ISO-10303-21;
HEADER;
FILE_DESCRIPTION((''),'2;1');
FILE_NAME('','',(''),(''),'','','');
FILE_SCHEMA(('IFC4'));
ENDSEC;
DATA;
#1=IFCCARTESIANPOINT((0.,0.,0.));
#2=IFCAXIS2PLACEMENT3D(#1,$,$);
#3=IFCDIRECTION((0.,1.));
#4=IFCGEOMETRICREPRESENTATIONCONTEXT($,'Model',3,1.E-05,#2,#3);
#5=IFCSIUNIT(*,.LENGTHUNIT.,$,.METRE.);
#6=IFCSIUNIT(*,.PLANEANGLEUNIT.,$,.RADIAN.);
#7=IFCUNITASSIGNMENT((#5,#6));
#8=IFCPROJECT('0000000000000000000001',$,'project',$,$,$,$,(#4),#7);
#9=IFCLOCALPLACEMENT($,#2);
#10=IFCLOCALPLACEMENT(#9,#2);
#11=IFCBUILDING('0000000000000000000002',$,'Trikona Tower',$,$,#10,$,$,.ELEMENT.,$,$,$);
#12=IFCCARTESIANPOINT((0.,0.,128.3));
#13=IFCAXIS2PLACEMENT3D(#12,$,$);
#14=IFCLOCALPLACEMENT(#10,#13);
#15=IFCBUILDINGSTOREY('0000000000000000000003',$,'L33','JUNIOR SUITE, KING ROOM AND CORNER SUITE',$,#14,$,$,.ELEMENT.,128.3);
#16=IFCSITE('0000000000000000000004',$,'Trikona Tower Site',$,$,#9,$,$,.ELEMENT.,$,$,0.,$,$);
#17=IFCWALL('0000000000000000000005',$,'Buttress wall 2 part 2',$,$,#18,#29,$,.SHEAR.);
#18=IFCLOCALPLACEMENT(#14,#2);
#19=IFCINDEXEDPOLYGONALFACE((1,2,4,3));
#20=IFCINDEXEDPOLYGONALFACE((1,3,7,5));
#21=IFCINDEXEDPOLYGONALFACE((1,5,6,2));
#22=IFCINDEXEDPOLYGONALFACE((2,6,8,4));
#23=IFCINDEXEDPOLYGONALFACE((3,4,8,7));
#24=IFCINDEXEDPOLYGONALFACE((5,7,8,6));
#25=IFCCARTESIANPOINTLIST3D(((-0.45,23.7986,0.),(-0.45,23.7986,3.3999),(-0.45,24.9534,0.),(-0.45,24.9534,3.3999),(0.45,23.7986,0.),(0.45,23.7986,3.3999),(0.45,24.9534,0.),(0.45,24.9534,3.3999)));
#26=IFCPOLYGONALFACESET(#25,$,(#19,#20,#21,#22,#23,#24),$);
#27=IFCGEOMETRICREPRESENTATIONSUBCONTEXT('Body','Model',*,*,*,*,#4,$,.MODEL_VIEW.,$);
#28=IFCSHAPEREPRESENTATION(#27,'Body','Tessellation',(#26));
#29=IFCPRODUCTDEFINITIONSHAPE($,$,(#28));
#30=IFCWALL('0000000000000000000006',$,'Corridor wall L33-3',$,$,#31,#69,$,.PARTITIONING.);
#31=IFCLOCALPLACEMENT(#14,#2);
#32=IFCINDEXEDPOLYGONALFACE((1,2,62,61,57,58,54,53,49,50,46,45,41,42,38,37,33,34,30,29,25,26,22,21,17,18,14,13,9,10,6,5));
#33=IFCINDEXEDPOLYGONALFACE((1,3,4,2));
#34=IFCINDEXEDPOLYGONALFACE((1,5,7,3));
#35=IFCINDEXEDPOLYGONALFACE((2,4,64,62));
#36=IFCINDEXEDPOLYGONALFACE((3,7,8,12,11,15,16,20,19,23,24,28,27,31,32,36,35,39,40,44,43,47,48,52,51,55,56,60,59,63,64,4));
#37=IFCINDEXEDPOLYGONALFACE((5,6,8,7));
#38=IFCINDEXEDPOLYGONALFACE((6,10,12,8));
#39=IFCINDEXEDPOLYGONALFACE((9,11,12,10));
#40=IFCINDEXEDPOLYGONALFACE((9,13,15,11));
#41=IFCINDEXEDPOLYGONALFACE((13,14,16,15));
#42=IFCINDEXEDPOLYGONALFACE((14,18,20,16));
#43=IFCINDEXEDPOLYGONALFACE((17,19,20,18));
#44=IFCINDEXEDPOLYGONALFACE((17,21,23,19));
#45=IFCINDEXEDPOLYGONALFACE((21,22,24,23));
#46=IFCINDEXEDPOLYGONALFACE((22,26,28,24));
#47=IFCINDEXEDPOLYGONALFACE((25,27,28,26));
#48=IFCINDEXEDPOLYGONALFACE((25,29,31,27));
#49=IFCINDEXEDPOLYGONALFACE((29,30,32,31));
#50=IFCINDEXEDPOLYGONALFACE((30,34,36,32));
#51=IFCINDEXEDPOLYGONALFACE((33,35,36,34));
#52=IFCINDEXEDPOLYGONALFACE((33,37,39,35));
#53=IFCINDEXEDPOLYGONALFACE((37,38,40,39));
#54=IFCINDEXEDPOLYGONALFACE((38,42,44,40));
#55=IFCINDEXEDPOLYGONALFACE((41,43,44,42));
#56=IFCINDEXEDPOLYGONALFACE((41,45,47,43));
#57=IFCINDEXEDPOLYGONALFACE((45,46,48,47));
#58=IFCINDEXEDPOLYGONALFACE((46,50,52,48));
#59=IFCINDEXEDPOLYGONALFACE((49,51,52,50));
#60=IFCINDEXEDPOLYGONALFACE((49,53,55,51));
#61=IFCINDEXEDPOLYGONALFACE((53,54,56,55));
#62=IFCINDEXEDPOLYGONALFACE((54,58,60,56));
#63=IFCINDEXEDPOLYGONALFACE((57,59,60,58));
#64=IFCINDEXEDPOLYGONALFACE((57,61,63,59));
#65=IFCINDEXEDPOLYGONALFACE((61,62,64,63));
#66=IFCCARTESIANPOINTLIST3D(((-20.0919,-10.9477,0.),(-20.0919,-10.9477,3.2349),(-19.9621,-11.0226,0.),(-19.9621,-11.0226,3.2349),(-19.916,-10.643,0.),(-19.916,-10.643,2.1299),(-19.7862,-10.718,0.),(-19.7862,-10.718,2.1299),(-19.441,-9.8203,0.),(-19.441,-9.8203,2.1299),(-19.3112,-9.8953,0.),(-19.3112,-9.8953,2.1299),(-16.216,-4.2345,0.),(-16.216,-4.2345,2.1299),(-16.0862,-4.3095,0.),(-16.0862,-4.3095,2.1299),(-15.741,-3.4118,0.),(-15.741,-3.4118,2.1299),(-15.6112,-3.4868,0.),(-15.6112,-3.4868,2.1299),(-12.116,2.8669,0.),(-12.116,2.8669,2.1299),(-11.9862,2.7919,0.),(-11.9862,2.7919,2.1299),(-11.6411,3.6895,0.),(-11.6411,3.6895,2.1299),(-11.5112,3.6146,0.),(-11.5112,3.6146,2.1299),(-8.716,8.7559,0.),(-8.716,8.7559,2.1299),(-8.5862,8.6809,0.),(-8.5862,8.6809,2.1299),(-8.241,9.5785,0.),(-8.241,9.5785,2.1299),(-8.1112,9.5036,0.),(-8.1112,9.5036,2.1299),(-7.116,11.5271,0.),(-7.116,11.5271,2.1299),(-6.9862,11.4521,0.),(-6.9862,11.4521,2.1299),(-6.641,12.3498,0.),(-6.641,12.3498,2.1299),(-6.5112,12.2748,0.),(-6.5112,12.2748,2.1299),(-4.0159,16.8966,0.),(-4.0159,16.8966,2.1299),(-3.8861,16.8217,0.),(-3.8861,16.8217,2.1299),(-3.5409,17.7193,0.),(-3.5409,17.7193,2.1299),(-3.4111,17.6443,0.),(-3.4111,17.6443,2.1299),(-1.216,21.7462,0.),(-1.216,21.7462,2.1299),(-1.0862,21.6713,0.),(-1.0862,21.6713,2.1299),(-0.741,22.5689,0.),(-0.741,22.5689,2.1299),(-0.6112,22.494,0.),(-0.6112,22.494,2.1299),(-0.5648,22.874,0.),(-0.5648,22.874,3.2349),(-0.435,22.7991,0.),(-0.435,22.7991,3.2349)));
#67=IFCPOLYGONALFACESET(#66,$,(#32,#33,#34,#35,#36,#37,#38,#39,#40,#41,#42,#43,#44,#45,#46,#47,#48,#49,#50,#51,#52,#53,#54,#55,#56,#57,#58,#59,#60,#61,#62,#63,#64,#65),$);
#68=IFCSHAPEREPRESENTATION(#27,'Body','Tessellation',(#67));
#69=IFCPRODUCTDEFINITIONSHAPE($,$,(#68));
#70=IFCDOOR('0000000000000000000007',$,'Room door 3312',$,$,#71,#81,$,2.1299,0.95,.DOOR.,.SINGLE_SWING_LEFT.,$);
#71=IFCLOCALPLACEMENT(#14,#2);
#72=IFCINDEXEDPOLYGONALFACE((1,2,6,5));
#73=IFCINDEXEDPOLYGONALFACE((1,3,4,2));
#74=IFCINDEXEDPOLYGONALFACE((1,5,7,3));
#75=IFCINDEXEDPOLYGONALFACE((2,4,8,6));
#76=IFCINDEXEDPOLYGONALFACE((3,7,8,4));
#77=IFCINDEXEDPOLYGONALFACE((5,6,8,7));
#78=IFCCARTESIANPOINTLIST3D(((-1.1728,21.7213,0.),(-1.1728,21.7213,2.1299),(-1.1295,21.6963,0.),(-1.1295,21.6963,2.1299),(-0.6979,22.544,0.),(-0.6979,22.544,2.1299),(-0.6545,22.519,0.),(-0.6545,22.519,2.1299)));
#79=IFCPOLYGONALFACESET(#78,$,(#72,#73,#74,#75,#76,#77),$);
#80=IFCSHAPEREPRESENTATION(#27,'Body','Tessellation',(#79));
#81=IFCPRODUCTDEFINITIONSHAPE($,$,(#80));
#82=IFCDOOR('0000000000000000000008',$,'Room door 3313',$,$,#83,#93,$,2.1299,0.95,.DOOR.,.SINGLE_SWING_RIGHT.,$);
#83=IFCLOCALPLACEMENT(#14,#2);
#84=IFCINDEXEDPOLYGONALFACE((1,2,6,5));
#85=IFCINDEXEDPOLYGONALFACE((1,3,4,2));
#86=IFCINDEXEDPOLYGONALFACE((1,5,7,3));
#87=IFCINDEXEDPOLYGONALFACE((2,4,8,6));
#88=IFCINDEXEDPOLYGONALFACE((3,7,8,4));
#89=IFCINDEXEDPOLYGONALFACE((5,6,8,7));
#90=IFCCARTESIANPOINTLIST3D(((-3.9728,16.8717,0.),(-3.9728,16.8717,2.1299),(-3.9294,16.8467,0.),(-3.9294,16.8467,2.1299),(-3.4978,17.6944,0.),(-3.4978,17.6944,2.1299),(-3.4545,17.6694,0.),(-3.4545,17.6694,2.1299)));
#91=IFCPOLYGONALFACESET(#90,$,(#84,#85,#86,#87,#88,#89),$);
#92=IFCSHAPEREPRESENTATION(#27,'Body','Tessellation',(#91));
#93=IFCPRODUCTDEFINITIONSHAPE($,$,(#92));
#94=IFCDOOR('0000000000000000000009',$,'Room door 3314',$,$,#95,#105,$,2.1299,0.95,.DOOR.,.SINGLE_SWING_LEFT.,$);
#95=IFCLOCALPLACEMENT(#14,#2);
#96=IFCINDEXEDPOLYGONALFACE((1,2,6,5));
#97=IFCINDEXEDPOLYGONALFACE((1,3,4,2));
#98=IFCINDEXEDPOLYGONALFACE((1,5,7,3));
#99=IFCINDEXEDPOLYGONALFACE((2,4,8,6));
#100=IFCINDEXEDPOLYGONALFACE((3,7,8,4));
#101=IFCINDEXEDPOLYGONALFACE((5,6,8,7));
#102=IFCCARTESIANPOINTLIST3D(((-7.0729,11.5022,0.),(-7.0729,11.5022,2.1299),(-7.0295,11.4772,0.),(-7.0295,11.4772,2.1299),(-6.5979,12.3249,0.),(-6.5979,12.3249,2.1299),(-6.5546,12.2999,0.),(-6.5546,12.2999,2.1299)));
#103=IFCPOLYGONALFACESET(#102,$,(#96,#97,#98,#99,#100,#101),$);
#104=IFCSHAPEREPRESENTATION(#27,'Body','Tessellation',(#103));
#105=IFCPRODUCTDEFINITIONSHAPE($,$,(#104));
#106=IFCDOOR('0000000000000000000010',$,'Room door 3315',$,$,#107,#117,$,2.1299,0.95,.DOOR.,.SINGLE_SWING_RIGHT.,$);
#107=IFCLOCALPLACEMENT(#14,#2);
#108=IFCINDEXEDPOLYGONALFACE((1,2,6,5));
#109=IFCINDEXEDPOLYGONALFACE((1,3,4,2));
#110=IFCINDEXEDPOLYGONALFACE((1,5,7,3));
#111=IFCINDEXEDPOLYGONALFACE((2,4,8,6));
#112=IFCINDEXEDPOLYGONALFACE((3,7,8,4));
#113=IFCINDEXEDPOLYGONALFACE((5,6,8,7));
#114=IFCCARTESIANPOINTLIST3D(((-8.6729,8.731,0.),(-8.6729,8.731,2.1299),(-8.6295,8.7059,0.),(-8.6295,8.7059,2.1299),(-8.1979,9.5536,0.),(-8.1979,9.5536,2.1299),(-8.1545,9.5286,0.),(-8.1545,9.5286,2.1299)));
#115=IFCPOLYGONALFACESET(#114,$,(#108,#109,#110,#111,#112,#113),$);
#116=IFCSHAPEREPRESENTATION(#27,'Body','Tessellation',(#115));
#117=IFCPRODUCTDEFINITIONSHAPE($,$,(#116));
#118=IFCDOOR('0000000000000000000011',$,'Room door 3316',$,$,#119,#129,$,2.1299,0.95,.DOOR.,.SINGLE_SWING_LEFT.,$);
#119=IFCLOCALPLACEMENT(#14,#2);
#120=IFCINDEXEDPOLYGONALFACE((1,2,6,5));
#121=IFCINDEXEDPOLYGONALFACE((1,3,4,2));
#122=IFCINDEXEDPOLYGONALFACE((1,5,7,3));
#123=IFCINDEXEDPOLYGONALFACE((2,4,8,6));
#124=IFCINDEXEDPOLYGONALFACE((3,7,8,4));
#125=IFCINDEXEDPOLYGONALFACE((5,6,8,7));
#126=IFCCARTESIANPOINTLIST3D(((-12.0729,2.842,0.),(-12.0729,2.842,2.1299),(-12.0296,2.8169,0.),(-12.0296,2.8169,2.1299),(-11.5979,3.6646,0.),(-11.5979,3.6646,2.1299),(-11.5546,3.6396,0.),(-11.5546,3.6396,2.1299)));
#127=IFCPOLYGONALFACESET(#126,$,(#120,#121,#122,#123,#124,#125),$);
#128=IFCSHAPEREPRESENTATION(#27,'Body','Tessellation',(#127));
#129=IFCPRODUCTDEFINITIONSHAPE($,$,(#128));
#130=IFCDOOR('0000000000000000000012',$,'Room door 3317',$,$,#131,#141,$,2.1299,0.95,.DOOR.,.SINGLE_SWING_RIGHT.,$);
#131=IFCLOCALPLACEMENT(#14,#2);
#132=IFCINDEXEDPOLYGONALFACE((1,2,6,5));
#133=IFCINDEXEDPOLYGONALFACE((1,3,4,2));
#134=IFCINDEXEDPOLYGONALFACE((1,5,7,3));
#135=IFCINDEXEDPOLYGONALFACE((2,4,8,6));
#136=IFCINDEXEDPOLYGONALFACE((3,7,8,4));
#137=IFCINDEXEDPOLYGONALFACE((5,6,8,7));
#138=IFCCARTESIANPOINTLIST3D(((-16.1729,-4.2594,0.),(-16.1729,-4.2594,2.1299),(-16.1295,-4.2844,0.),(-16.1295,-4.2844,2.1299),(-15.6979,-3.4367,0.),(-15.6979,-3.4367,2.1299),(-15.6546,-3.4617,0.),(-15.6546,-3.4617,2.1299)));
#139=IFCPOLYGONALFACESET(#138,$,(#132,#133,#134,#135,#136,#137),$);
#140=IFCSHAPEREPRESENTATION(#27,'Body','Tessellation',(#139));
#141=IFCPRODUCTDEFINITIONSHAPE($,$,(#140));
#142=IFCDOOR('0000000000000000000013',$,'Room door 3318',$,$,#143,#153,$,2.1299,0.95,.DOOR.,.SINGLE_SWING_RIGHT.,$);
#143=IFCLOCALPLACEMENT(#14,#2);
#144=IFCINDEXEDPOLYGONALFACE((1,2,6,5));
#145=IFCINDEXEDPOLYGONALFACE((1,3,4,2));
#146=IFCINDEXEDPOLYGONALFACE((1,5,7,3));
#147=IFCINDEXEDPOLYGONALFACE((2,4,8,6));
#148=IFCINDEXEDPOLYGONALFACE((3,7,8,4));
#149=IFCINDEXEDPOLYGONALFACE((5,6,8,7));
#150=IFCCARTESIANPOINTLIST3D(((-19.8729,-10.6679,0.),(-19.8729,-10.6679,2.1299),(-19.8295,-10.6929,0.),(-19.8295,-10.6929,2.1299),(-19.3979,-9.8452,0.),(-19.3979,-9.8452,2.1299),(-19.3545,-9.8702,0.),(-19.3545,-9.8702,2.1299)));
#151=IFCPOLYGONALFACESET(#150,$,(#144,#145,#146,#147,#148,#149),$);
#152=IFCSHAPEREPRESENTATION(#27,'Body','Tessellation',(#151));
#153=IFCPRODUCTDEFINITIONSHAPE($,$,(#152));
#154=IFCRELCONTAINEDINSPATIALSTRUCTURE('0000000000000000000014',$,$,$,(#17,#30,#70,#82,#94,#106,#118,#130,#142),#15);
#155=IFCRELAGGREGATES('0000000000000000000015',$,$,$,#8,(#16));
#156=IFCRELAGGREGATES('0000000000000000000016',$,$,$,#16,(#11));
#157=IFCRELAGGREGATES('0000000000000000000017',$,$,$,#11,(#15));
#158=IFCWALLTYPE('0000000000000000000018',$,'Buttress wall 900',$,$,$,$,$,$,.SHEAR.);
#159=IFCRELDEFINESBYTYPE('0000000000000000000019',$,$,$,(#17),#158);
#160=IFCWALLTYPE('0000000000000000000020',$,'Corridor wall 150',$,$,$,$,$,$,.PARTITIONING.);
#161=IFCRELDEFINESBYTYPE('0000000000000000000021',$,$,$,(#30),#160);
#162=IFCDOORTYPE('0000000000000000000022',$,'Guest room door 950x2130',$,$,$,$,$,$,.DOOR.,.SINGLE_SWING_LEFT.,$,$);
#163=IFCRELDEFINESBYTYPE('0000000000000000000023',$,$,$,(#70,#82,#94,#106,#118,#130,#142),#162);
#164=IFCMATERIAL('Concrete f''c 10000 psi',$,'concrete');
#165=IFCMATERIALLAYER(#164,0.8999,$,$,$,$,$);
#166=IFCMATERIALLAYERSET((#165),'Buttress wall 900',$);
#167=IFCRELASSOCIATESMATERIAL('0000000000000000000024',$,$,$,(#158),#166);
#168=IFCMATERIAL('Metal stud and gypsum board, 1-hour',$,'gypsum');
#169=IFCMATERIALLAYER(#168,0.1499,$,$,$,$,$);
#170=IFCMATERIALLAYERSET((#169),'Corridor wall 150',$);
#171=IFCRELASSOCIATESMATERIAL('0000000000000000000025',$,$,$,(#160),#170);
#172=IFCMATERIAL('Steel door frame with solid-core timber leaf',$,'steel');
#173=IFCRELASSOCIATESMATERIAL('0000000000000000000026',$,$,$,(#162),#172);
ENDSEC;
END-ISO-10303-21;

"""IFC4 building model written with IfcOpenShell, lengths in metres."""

from ifc_helpers import new_model, si_unit, direction, frame, frame_2d, origin, place, context, subcontext, project, spatial, rectangle, extrude, material, layer, layer_set, type_object, element, fill, save


model = new_model("IFC4")

# Units and contexts
model_context = context("Model", 3, precision=1e-05, world=origin(), true_north=direction((0.0, 1.0)))
body_context = subcontext(model_context, "Body", "Model", "MODEL_VIEW")
ifc_project = project(units=[si_unit("LENGTHUNIT", "METRE"), si_unit("PLANEANGLEUNIT", "RADIAN")], contexts=[model_context])

# Site, building, storey
site_placement = place(None, origin())
site = spatial("IfcSite", under=ifc_project, at=site_placement, Name="Trikona Tower Site", CompositionType="ELEMENT", RefElevation=0.0)
building_placement = place(site_placement, origin())
building = spatial("IfcBuilding", under=site, at=building_placement, Name="Trikona Tower", CompositionType="ELEMENT")
storey_placement = place(building_placement, frame((0.0, 0.0, 128.3)))
storey = spatial("IfcBuildingStorey", under=building, at=storey_placement, Name="L33", Description="JUNIOR SUITE, KING ROOM AND CORNER SUITE", CompositionType="ELEMENT", Elevation=128.3)

# Wall
ifc_material_1 = material(Name="Concrete f'c 10000 psi", Category="concrete")
ifc_layer_1 = layer(ifc_material_1, 0.8999)
ifc_layer_set_1 = layer_set([ifc_layer_1], Name="Buttress wall 900")
wall_type_1 = type_object("IfcWallType", Name="Buttress wall 900", PredefinedType="SHEAR", material=ifc_layer_set_1)
wall_1_placement = place(storey_placement, frame((0.0, 23.7986, 0.0), z_axis=(0.0, 0.0, 1.0), x_axis=(0.0, 1.0, 0.0)))
element("IfcWall", 1, at=wall_1_placement, inside=storey, type_object=wall_type_1, Name="Buttress wall 2 part 2", PredefinedType="SHEAR", context=body_context, shape_type="SweptSolid", body=[
    extrude(rectangle(XDim=1.1548, YDim=0.8999, at=frame_2d((0.5774, 0.0))), origin(), (0.0, 0.0, 1.0), 3.3999),
])

# Wall, openings, doors
ifc_material_2 = material(Name="Metal stud and gypsum board, 1-hour", Category="gypsum")
ifc_layer_2 = layer(ifc_material_2, 0.1499)
ifc_layer_set_2 = layer_set([ifc_layer_2], Name="Corridor wall 150")
wall_type_2 = type_object("IfcWallType", Name="Corridor wall 150", PredefinedType="PARTITIONING", material=ifc_layer_set_2)
wall_2_placement = place(storey_placement, frame((-0.5, 22.8364, 0.0), z_axis=(0.0, 0.0, 1.0), x_axis=(-0.500002, -0.866024, 0.0)))
wall_2 = element("IfcWall", 2, at=wall_2_placement, inside=storey, type_object=wall_type_2, Name="Corridor wall L33-3", PredefinedType="PARTITIONING", context=body_context, shape_type="SweptSolid", body=[
    extrude(rectangle(XDim=39.054, YDim=0.1499, at=frame_2d((19.5269, 0.0))), origin(), (0.0, 0.0, 1.0), 3.2349),
])
opening_1_placement = place(wall_2_placement, frame((0.3521, 0.0, 0.0)))
opening_1 = element("IfcOpeningElement", 3, at=opening_1_placement, cuts=wall_2, PredefinedType="OPENING", context=body_context, shape_type="SweptSolid", body=[
    extrude(rectangle(XDim=0.95, YDim=2.1299, at=frame_2d((0.4751, 1.0649))), frame((0.0, 0.085, 0.0), z_axis=(0.0, -1.0, 0.0), x_axis=(1.0, 0.0, 0.0)), (0.0, 0.0, 1.0), 0.1699),
])
opening_2_placement = place(wall_2_placement, frame((5.9519, 0.0, 0.0)))
opening_2 = element("IfcOpeningElement", 4, at=opening_2_placement, cuts=wall_2, PredefinedType="OPENING", context=body_context, shape_type="SweptSolid", body=[
    extrude(rectangle(XDim=0.95, YDim=2.1299, at=frame_2d((0.4751, 1.0649))), frame((0.0, 0.085, 0.0), z_axis=(0.0, -1.0, 0.0), x_axis=(1.0, 0.0, 0.0)), (0.0, 0.0, 1.0), 0.1699),
])
opening_3_placement = place(wall_2_placement, frame((12.1521, 0.0, 0.0)))
opening_3 = element("IfcOpeningElement", 5, at=opening_3_placement, cuts=wall_2, PredefinedType="OPENING", context=body_context, shape_type="SweptSolid", body=[
    extrude(rectangle(XDim=0.95, YDim=2.1299, at=frame_2d((0.4751, 1.0649))), frame((0.0, 0.085, 0.0), z_axis=(0.0, -1.0, 0.0), x_axis=(1.0, 0.0, 0.0)), (0.0, 0.0, 1.0), 0.1699),
])
opening_4_placement = place(wall_2_placement, frame((15.3521, 0.0, 0.0)))
opening_4 = element("IfcOpeningElement", 6, at=opening_4_placement, cuts=wall_2, PredefinedType="OPENING", context=body_context, shape_type="SweptSolid", body=[
    extrude(rectangle(XDim=0.95, YDim=2.1299, at=frame_2d((0.4751, 1.0649))), frame((0.0, 0.085, 0.0), z_axis=(0.0, -1.0, 0.0), x_axis=(1.0, 0.0, 0.0)), (0.0, 0.0, 1.0), 0.1699),
])
opening_5_placement = place(wall_2_placement, frame((22.1521, 0.0, 0.0)))
opening_5 = element("IfcOpeningElement", 7, at=opening_5_placement, cuts=wall_2, PredefinedType="OPENING", context=body_context, shape_type="SweptSolid", body=[
    extrude(rectangle(XDim=0.95, YDim=2.1299, at=frame_2d((0.4751, 1.0649))), frame((0.0, 0.085, 0.0), z_axis=(0.0, -1.0, 0.0), x_axis=(1.0, 0.0, 0.0)), (0.0, 0.0, 1.0), 0.1699),
])
opening_6_placement = place(wall_2_placement, frame((30.3521, 0.0, 0.0)))
opening_6 = element("IfcOpeningElement", 8, at=opening_6_placement, cuts=wall_2, PredefinedType="OPENING", context=body_context, shape_type="SweptSolid", body=[
    extrude(rectangle(XDim=0.95, YDim=2.1299, at=frame_2d((0.4751, 1.0649))), frame((0.0, 0.085, 0.0), z_axis=(0.0, -1.0, 0.0), x_axis=(1.0, 0.0, 0.0)), (0.0, 0.0, 1.0), 0.1699),
])
opening_7_placement = place(wall_2_placement, frame((37.752, 0.0, 0.0)))
opening_7 = element("IfcOpeningElement", 9, at=opening_7_placement, cuts=wall_2, PredefinedType="OPENING", context=body_context, shape_type="SweptSolid", body=[
    extrude(rectangle(XDim=0.95, YDim=2.1299, at=frame_2d((0.4751, 1.0649))), frame((0.0, 0.085, 0.0), z_axis=(0.0, -1.0, 0.0), x_axis=(1.0, 0.0, 0.0)), (0.0, 0.0, 1.0), 0.1699),
])
ifc_material_3 = material(Name="Steel door frame with solid-core timber leaf", Category="steel")
door_type = type_object("IfcDoorType", Name="Guest room door 950x2130", OperationType="SINGLE_SWING_LEFT", PredefinedType="DOOR", material=ifc_material_3)
door_1_placement = place(opening_1_placement, origin())
door_1 = element("IfcDoor", 10, at=door_1_placement, inside=storey, type_object=door_type, Name="Room door 3312", OperationType="SINGLE_SWING_LEFT", OverallHeight=2.1299, OverallWidth=0.95, PredefinedType="DOOR", context=body_context, shape_type="SweptSolid", body=[
    extrude(rectangle(XDim=0.95, YDim=2.1299, at=frame_2d((0.4751, 1.0649))), frame((0.0, 0.0249, 0.0), z_axis=(0.0, -1.0, 0.0), x_axis=(1.0, 0.0, 0.0)), (0.0, 0.0, 1.0), 0.05),
])
fill(opening_1, door_1)
door_2_placement = place(opening_2_placement, origin())
door_2 = element("IfcDoor", 11, at=door_2_placement, inside=storey, type_object=door_type, Name="Room door 3313", OperationType="SINGLE_SWING_RIGHT", OverallHeight=2.1299, OverallWidth=0.95, PredefinedType="DOOR", context=body_context, shape_type="SweptSolid", body=[
    extrude(rectangle(XDim=0.95, YDim=2.1299, at=frame_2d((0.4751, 1.0649))), frame((0.0, 0.0249, 0.0), z_axis=(0.0, -1.0, 0.0), x_axis=(1.0, 0.0, 0.0)), (0.0, 0.0, 1.0), 0.05),
])
fill(opening_2, door_2)
door_3_placement = place(opening_3_placement, origin())
door_3 = element("IfcDoor", 12, at=door_3_placement, inside=storey, type_object=door_type, Name="Room door 3314", OperationType="SINGLE_SWING_LEFT", OverallHeight=2.1299, OverallWidth=0.95, PredefinedType="DOOR", context=body_context, shape_type="SweptSolid", body=[
    extrude(rectangle(XDim=0.95, YDim=2.1299, at=frame_2d((0.4751, 1.0649))), frame((0.0, 0.0249, 0.0), z_axis=(0.0, -1.0, 0.0), x_axis=(1.0, 0.0, 0.0)), (0.0, 0.0, 1.0), 0.05),
])
fill(opening_3, door_3)
door_4_placement = place(opening_4_placement, origin())
door_4 = element("IfcDoor", 13, at=door_4_placement, inside=storey, type_object=door_type, Name="Room door 3315", OperationType="SINGLE_SWING_RIGHT", OverallHeight=2.1299, OverallWidth=0.95, PredefinedType="DOOR", context=body_context, shape_type="SweptSolid", body=[
    extrude(rectangle(XDim=0.95, YDim=2.1299, at=frame_2d((0.4751, 1.0649))), frame((0.0, 0.0249, 0.0), z_axis=(0.0, -1.0, 0.0), x_axis=(1.0, 0.0, 0.0)), (0.0, 0.0, 1.0), 0.05),
])
fill(opening_4, door_4)
door_5_placement = place(opening_5_placement, origin())
door_5 = element("IfcDoor", 14, at=door_5_placement, inside=storey, type_object=door_type, Name="Room door 3316", OperationType="SINGLE_SWING_LEFT", OverallHeight=2.1299, OverallWidth=0.95, PredefinedType="DOOR", context=body_context, shape_type="SweptSolid", body=[
    extrude(rectangle(XDim=0.95, YDim=2.1299, at=frame_2d((0.4751, 1.0649))), frame((0.0, 0.0249, 0.0), z_axis=(0.0, -1.0, 0.0), x_axis=(1.0, 0.0, 0.0)), (0.0, 0.0, 1.0), 0.05),
])
fill(opening_5, door_5)
door_6_placement = place(opening_6_placement, origin())
door_6 = element("IfcDoor", 15, at=door_6_placement, inside=storey, type_object=door_type, Name="Room door 3317", OperationType="SINGLE_SWING_RIGHT", OverallHeight=2.1299, OverallWidth=0.95, PredefinedType="DOOR", context=body_context, shape_type="SweptSolid", body=[
    extrude(rectangle(XDim=0.95, YDim=2.1299, at=frame_2d((0.4751, 1.0649))), frame((0.0, 0.0249, 0.0), z_axis=(0.0, -1.0, 0.0), x_axis=(1.0, 0.0, 0.0)), (0.0, 0.0, 1.0), 0.05),
])
fill(opening_6, door_6)
door_7_placement = place(opening_7_placement, origin())
door_7 = element("IfcDoor", 16, at=door_7_placement, inside=storey, type_object=door_type, Name="Room door 3318", OperationType="SINGLE_SWING_RIGHT", OverallHeight=2.1299, OverallWidth=0.95, PredefinedType="DOOR", context=body_context, shape_type="SweptSolid", body=[
    extrude(rectangle(XDim=0.95, YDim=2.1299, at=frame_2d((0.4751, 1.0649))), frame((0.0, 0.0249, 0.0), z_axis=(0.0, -1.0, 0.0), x_axis=(1.0, 0.0, 0.0)), (0.0, 0.0, 1.0), 0.05),
])
fill(opening_7, door_7)

save(model, "model.ifc")
